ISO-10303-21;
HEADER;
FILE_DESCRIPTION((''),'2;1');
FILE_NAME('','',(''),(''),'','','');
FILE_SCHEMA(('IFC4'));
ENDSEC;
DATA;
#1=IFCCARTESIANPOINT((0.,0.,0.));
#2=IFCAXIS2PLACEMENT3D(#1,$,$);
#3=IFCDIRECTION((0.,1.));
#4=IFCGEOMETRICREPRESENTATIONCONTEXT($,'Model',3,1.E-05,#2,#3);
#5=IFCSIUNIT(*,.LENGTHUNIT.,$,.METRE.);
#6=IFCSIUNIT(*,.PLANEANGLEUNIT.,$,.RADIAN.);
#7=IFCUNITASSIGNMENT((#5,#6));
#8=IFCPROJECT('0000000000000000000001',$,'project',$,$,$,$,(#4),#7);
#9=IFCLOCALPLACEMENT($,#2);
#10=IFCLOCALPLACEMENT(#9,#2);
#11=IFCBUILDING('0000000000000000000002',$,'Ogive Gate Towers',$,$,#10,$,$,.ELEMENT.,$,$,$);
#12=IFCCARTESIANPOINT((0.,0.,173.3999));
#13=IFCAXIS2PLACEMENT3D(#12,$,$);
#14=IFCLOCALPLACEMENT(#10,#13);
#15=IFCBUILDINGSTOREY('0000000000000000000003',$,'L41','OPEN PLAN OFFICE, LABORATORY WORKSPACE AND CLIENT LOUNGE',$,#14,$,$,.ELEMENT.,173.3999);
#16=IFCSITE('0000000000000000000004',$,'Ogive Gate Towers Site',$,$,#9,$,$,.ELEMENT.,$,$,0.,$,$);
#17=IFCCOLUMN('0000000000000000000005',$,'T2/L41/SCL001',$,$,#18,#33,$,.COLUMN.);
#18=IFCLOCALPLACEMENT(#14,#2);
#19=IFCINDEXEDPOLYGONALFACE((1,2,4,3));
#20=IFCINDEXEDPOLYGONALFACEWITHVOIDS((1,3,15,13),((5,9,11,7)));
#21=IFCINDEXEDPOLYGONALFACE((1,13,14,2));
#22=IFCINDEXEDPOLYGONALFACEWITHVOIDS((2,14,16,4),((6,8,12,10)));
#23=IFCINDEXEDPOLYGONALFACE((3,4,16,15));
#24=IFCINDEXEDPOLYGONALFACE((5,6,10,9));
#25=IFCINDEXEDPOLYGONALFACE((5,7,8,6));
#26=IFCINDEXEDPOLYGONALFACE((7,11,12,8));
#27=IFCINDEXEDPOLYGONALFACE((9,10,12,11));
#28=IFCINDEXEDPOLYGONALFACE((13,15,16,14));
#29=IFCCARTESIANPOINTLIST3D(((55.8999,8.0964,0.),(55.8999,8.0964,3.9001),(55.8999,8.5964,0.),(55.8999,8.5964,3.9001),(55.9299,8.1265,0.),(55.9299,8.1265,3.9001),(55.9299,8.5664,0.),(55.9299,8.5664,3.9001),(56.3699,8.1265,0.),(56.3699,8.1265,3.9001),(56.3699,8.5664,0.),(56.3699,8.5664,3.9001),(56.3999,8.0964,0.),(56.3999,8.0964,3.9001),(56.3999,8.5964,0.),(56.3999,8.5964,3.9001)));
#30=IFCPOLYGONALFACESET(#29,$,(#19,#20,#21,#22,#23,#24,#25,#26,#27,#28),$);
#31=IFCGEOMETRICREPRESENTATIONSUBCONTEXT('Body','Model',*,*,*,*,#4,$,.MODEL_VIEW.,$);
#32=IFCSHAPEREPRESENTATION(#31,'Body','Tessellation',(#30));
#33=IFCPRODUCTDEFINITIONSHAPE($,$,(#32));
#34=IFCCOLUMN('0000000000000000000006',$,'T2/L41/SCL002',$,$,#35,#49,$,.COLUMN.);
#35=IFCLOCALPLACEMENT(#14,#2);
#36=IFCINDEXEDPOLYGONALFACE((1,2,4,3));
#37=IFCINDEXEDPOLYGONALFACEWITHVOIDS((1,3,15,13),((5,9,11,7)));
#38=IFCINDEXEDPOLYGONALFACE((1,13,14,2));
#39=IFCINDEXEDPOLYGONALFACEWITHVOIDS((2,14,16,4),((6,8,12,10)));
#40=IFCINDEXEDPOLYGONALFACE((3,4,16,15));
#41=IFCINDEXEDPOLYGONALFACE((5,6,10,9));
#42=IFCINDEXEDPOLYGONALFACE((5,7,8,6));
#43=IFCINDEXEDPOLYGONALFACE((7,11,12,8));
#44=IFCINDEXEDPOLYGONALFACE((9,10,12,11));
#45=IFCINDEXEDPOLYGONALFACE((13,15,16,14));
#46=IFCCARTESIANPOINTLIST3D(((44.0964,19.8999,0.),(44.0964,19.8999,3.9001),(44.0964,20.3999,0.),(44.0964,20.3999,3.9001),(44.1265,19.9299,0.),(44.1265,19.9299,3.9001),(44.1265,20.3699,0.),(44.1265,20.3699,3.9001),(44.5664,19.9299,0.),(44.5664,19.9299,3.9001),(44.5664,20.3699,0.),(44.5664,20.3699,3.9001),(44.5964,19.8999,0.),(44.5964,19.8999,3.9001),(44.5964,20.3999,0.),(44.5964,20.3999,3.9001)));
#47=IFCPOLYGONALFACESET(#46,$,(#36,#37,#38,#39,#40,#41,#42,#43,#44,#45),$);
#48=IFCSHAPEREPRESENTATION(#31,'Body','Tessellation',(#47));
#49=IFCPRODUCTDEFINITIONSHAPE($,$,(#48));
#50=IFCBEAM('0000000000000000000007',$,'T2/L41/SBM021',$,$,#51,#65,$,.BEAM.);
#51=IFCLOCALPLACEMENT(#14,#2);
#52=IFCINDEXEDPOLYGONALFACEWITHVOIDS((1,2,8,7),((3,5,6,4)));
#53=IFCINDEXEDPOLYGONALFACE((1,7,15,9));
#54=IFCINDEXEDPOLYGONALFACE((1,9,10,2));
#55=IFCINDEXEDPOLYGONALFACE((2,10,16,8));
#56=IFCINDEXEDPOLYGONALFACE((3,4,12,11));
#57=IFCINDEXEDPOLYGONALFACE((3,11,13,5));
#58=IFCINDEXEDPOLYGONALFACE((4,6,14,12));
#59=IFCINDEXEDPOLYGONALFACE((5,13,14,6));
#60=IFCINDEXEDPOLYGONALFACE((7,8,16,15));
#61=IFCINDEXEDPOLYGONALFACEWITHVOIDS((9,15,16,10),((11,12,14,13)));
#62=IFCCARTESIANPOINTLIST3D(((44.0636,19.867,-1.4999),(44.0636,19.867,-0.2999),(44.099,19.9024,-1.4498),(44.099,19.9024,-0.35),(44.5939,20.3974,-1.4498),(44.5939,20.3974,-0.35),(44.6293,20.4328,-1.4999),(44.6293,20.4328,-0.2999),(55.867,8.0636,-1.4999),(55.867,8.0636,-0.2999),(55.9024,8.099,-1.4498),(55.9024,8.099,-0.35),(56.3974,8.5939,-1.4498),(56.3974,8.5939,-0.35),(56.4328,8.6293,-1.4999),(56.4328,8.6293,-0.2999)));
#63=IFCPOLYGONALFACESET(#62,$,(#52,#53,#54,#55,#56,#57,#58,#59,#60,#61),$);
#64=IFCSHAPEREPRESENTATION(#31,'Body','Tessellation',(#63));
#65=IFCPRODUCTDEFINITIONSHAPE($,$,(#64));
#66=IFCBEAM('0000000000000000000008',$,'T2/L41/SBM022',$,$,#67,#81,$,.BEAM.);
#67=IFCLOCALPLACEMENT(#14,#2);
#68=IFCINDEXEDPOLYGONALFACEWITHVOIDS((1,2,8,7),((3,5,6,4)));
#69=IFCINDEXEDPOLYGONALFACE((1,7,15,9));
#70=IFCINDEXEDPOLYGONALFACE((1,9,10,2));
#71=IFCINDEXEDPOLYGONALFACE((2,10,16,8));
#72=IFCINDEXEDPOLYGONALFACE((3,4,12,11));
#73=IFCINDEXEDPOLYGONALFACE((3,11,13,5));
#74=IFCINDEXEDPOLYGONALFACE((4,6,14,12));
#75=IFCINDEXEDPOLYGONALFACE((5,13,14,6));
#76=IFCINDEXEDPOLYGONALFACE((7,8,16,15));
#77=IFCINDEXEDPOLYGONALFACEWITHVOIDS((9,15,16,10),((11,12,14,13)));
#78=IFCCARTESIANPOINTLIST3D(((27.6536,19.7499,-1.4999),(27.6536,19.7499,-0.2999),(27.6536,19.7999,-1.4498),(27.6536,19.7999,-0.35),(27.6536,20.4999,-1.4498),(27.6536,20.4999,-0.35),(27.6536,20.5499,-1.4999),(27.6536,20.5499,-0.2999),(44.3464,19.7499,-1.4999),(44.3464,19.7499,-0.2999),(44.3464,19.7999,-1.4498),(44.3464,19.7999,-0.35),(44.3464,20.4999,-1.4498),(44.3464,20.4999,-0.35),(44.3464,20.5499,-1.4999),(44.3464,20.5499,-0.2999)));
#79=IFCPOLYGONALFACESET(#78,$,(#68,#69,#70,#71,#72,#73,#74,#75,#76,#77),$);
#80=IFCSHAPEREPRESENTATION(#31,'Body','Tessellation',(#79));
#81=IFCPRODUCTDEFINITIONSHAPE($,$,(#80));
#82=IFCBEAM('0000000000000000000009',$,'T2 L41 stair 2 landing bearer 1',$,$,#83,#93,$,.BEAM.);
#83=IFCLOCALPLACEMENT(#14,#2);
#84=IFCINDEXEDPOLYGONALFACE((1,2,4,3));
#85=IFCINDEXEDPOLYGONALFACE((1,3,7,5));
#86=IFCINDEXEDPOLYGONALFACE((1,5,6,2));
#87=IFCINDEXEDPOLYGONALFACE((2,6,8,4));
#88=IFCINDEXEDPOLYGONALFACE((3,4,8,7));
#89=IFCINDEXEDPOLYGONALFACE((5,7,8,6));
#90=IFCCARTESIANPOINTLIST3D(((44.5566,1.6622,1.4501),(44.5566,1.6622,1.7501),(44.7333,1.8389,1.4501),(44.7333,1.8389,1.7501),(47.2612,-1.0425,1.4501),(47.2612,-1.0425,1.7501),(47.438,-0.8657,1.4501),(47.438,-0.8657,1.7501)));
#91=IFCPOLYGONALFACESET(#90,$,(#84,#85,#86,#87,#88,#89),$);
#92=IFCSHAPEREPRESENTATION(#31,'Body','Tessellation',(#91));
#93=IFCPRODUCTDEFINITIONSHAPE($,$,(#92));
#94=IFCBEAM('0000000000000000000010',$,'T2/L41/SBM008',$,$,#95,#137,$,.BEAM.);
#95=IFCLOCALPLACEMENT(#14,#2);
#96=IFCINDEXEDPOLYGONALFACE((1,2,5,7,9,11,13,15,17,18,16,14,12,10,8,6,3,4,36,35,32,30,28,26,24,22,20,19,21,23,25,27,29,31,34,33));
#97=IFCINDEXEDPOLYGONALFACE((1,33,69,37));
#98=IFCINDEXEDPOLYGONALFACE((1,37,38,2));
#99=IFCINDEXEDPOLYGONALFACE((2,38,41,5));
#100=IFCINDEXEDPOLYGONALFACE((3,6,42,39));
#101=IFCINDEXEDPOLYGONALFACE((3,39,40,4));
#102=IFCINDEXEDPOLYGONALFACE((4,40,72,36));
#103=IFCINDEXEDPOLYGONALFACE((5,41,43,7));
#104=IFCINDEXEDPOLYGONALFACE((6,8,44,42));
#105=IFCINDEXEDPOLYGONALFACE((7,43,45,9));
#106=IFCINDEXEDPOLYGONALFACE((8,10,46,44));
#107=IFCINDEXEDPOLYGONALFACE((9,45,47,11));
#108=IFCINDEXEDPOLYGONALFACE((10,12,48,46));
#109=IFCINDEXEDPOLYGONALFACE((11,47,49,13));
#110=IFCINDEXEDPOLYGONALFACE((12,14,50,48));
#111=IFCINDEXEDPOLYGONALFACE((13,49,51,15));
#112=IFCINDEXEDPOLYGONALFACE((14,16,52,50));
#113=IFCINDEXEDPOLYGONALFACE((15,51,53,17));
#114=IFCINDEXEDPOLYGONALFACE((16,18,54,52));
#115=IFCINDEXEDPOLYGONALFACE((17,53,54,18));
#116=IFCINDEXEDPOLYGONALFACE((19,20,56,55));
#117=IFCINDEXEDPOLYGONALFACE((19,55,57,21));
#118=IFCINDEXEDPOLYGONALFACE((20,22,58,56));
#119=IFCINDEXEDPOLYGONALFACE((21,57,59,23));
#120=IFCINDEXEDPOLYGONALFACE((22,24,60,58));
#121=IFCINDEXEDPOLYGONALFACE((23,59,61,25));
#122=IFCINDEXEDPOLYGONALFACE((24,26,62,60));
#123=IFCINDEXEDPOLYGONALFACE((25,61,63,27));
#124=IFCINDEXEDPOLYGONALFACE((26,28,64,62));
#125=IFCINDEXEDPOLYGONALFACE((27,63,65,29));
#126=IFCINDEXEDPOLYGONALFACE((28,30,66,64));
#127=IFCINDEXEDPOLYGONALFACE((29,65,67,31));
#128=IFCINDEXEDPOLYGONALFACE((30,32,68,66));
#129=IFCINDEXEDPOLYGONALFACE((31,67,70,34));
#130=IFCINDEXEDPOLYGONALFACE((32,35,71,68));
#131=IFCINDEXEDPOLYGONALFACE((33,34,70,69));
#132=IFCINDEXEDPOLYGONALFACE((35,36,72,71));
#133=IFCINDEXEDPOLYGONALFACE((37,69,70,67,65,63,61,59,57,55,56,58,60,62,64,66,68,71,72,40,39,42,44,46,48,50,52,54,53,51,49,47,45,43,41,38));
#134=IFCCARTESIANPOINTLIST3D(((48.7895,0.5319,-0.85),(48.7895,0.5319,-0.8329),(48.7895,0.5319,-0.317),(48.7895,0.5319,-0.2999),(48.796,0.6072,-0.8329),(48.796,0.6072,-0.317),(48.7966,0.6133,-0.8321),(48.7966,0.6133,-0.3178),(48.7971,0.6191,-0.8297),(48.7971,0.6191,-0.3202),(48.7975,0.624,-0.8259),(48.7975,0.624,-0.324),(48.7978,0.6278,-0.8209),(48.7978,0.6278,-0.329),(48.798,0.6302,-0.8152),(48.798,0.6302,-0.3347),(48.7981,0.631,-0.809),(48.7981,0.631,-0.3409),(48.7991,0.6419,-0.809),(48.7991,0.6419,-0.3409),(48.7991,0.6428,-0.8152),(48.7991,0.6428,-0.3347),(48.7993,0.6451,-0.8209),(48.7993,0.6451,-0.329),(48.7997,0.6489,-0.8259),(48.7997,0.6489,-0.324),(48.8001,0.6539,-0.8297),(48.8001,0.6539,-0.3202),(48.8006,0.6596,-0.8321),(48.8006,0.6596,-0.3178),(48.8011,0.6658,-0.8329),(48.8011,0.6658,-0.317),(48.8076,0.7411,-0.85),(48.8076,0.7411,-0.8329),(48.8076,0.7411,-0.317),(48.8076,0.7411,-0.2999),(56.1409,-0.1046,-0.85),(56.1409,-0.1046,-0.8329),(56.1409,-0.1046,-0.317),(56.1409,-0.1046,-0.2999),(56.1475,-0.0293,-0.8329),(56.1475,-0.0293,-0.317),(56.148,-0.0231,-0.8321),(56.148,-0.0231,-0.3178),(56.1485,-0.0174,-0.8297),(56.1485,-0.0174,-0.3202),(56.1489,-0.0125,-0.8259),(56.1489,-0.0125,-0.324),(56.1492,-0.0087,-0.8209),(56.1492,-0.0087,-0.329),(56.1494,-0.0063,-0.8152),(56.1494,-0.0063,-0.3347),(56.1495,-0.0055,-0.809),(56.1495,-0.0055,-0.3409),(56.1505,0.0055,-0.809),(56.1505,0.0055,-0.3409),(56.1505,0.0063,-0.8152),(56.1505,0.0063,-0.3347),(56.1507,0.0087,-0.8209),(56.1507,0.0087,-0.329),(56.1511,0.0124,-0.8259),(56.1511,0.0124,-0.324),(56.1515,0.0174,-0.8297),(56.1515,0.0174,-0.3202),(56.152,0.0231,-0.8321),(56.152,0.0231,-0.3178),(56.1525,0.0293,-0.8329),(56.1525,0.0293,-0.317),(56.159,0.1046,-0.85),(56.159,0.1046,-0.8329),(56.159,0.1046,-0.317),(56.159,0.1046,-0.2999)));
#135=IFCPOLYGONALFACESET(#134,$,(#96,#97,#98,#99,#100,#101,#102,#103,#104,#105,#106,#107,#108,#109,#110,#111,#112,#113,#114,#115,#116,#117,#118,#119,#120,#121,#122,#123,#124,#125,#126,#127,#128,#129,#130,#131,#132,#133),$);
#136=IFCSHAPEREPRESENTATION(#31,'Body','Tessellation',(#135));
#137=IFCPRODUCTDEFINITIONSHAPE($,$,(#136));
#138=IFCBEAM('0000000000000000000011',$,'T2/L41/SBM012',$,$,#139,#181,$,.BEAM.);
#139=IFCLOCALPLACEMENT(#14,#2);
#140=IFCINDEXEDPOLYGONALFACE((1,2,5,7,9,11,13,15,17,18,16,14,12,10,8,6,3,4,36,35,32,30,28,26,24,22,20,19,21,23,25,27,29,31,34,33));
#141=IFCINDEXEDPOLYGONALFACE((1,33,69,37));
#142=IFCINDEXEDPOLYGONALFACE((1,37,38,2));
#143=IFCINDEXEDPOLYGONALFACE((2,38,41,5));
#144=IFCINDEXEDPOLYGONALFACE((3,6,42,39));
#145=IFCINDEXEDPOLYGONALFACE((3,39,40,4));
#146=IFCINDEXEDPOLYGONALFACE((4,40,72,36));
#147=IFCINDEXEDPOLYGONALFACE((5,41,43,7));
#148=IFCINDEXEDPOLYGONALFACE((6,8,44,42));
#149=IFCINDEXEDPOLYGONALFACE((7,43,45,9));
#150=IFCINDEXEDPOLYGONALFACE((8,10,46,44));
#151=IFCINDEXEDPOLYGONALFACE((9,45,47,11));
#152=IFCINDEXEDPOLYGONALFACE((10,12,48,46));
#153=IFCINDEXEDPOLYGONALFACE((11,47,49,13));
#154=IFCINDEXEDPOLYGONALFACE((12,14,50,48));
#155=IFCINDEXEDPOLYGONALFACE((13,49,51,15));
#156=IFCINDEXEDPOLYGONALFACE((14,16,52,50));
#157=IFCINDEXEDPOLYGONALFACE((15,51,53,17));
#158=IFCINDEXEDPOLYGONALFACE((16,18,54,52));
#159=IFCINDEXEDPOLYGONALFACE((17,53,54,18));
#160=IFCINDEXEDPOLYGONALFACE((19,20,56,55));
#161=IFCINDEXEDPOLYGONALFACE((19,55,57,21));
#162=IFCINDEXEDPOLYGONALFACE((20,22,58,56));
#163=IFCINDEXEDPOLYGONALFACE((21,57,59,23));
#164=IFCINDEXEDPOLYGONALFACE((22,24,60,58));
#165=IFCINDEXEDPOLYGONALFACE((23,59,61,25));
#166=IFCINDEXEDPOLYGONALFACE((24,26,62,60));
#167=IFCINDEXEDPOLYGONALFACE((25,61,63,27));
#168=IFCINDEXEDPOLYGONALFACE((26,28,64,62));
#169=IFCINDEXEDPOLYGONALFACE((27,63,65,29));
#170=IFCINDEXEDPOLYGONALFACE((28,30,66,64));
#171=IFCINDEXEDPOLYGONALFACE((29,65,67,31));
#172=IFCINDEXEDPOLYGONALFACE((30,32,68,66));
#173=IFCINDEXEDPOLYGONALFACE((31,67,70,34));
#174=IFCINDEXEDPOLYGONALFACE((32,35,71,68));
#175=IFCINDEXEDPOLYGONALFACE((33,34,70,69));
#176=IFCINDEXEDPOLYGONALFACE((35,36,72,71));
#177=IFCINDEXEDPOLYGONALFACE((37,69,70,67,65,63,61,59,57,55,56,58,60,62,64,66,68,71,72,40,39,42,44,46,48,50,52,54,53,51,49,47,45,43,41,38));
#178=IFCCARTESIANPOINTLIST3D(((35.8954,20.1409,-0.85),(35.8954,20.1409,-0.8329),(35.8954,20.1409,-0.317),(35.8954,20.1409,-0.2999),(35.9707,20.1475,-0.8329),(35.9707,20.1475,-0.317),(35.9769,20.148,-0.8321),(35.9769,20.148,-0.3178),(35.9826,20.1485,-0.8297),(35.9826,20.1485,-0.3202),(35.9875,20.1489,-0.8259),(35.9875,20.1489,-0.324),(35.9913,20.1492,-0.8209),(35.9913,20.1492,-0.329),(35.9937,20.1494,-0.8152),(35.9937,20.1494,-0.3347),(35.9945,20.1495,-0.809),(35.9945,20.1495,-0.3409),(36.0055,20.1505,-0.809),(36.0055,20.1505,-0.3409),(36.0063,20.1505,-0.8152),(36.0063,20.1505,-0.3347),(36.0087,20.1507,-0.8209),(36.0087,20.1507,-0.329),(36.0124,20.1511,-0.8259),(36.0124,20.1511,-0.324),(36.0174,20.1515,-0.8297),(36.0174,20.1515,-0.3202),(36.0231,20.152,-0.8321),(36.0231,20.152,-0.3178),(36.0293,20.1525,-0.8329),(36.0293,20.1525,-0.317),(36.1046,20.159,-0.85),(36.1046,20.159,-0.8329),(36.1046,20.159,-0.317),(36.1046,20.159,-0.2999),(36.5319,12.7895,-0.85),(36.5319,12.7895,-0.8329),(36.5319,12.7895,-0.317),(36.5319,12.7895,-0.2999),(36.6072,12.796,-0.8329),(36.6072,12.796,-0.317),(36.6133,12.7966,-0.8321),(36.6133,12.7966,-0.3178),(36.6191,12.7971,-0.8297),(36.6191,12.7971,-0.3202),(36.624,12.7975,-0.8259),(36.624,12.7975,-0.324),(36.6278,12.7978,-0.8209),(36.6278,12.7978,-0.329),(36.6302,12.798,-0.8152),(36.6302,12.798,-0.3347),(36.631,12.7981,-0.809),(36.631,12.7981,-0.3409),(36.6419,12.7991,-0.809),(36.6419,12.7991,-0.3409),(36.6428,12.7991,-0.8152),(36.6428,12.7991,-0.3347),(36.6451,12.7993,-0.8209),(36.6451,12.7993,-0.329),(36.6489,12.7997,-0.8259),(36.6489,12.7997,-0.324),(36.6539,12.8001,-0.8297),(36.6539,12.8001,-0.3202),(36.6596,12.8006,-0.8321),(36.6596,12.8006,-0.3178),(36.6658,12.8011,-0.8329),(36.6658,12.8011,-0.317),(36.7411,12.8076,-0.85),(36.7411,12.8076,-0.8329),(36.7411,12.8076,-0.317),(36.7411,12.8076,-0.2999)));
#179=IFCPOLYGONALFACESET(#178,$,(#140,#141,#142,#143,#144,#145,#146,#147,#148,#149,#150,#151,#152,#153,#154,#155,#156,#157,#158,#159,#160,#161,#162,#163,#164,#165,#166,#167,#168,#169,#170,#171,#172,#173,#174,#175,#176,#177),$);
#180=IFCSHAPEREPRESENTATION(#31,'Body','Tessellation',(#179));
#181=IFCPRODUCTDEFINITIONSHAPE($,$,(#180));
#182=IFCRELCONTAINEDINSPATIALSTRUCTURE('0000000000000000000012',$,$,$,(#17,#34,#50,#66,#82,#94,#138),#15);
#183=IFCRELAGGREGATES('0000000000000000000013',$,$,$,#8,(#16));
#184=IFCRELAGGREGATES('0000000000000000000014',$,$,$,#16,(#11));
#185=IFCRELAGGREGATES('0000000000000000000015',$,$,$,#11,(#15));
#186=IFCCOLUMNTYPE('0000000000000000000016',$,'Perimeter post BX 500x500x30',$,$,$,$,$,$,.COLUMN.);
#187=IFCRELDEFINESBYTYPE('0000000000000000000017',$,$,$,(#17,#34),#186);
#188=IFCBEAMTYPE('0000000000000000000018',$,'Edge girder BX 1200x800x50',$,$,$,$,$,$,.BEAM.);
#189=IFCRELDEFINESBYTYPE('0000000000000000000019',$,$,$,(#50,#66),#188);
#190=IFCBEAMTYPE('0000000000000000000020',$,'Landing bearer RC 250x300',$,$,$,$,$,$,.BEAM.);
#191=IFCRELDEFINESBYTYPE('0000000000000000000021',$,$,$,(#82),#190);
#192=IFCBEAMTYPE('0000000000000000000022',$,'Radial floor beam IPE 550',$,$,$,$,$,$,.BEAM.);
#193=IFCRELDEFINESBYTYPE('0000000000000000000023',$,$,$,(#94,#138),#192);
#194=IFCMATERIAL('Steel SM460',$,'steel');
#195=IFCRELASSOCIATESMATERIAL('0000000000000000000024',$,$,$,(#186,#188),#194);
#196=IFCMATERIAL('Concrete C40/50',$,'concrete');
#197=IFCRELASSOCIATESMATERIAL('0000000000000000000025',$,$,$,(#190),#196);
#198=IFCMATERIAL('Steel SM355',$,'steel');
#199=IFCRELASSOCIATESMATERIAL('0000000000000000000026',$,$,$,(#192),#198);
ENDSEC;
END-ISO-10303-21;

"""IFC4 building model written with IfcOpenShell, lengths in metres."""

from ifc_helpers import new_model, si_unit, direction, frame, origin, origin_2d, place, context, subcontext, project, spatial, rectangle, hollow_rectangle, i_section, extrude, material, material_profile, profile_set, type_object, element, save


model = new_model("IFC4")

# Units and contexts
model_context = context("Model", 3, precision=1e-05, world=origin(), true_north=direction((0.0, 1.0)))
body_context = subcontext(model_context, "Body", "Model", "MODEL_VIEW")
ifc_project = project(units=[si_unit("LENGTHUNIT", "METRE"), si_unit("PLANEANGLEUNIT", "RADIAN")], contexts=[model_context])

# Site, building, storey
site_placement = place(None, origin())
site = spatial("IfcSite", under=ifc_project, at=site_placement, Name="Ogive Gate Towers Site", CompositionType="ELEMENT", RefElevation=0.0)
building_placement = place(site_placement, origin())
building = spatial("IfcBuilding", under=site, at=building_placement, Name="Ogive Gate Towers", CompositionType="ELEMENT")
storey_placement = place(building_placement, frame((0.0, 0.0, 173.3999)))
storey = spatial("IfcBuildingStorey", under=building, at=storey_placement, Name="L41", Description="OPEN PLAN OFFICE, LABORATORY WORKSPACE AND CLIENT LOUNGE", CompositionType="ELEMENT", Elevation=173.3999)

# Columns
ifc_material_1 = material(Name="Steel SM460", Category="steel")
ifc_material_profile_1 = material_profile(ifc_material_1, hollow_rectangle(XDim=0.5, YDim=0.5, WallThickness=0.03, at=origin_2d()), Name="BX 500x500x30")
ifc_profile_set_1 = profile_set([ifc_material_profile_1], Name="Steel SM460")
column_type = type_object("IfcColumnType", Name="Perimeter post BX 500x500x30", PredefinedType="COLUMN", material=ifc_profile_set_1)
for number, where, z_axis, x_axis, name in (
    (1, (56.1499, 8.3464, 0.0), (0.0, 0.0, 1.0), (1.0, 0.0, 0.0), "T2/L41/SCL001"),
    (2, (44.3464, 20.1499, 0.0), (0.0, 0.0, 1.0), (1.0, 0.0, 0.0), "T2/L41/SCL002"),
):
    element("IfcColumn", number, at=place(storey_placement, frame(where, z_axis=z_axis, x_axis=x_axis)), inside=storey, type_object=column_type, Name=name, PredefinedType="COLUMN", context=body_context, shape_type="SweptSolid", body=[
        extrude(hollow_rectangle(XDim=0.5, YDim=0.5, WallThickness=0.03, at=origin_2d()), origin(), (0.0, 0.0, 1.0), 3.9001),
    ])

# Beams
ifc_material_profile_2 = material_profile(ifc_material_1, hollow_rectangle(XDim=0.8, YDim=1.2, WallThickness=0.05, at=origin_2d()), Name="BX 1200x800x50")
ifc_profile_set_2 = profile_set([ifc_material_profile_2], Name="Steel SM460")
beam_type_1 = type_object("IfcBeamType", Name="Edge girder BX 1200x800x50", PredefinedType="BEAM", material=ifc_profile_set_2)
beam_1_placement = place(storey_placement, frame((56.1499, 8.3464, -0.8999), z_axis=(-0.707107, 0.707107, 0.0), x_axis=(-0.707107, -0.707107, 0.0)))
element("IfcBeam", 3, at=beam_1_placement, inside=storey, type_object=beam_type_1, Name="T2/L41/SBM021", PredefinedType="BEAM", context=body_context, shape_type="SweptSolid", body=[
    extrude(hollow_rectangle(XDim=0.8, YDim=1.2, WallThickness=0.05, at=origin_2d()), origin(), (0.0, 0.0, 1.0), 16.6926),
])
beam_2_placement = place(storey_placement, frame((44.3464, 20.1499, -0.8999), z_axis=(-1.0, 0.0, 0.0), x_axis=(0.0, -1.0, 0.0)))
element("IfcBeam", 4, at=beam_2_placement, inside=storey, type_object=beam_type_1, Name="T2/L41/SBM022", PredefinedType="BEAM", context=body_context, shape_type="SweptSolid", body=[
    extrude(hollow_rectangle(XDim=0.8, YDim=1.2, WallThickness=0.05, at=origin_2d()), origin(), (0.0, 0.0, 1.0), 16.6929),
])
ifc_material_2 = material(Name="Concrete C40/50", Category="concrete")
ifc_material_profile_3 = material_profile(ifc_material_2, rectangle(XDim=0.25, YDim=0.3, at=origin_2d()), Name="RC 250x300")
ifc_profile_set_3 = profile_set([ifc_material_profile_3], Name="Concrete C40/50")
beam_type_2 = type_object("IfcBeamType", Name="Landing bearer RC 250x300", PredefinedType="BEAM", material=ifc_profile_set_3)
beam_3_placement = place(storey_placement, frame((47.3496, -0.9541, 1.6001), z_axis=(-0.707107, 0.707107, 0.0), x_axis=(-0.707107, -0.707107, 0.0)))
element("IfcBeam", 5, at=beam_3_placement, inside=storey, type_object=beam_type_2, Name="T2 L41 stair 2 landing bearer 1", PredefinedType="BEAM", context=body_context, shape_type="SweptSolid", body=[
    extrude(rectangle(XDim=0.25, YDim=0.3, at=origin_2d()), origin(), (0.0, 0.0, 1.0), 3.825),
])
ifc_material_3 = material(Name="Steel SM355", Category="steel")
ifc_material_profile_4 = material_profile(ifc_material_3, i_section(OverallWidth=0.21, OverallDepth=0.55, WebThickness=0.011, FlangeThickness=0.0171, FilletRadius=0.0239, at=origin_2d()), Name="IPE 550")
ifc_profile_set_4 = profile_set([ifc_material_profile_4], Name="Steel SM355")
beam_type_3 = type_object("IfcBeamType", Name="Radial floor beam IPE 550", PredefinedType="BEAM", material=ifc_profile_set_4)
for number, where, z_axis, x_axis, name in (
    (6, (48.7986, 0.6365, -0.575), (0.996273, -0.086257, 0.0), (0.086257, 0.996273, 0.0), "T2/L41/SBM008"),
    (7, (36.6365, 12.7986, -0.575), (-0.086257, 0.996273, 0.0), (-0.996273, -0.086257, 0.0), "T2/L41/SBM012"),
):
    element("IfcBeam", number, at=place(storey_placement, frame(where, z_axis=z_axis, x_axis=x_axis)), inside=storey, type_object=beam_type_3, Name=name, PredefinedType="BEAM", context=body_context, shape_type="SweptSolid", body=[
        extrude(i_section(OverallWidth=0.21, OverallDepth=0.55, WebThickness=0.011, FlangeThickness=0.0171, FilletRadius=0.0239, at=origin_2d()), origin(), (0.0, 0.0, 1.0), 7.3789),
    ])

save(model, "model.ifc")
